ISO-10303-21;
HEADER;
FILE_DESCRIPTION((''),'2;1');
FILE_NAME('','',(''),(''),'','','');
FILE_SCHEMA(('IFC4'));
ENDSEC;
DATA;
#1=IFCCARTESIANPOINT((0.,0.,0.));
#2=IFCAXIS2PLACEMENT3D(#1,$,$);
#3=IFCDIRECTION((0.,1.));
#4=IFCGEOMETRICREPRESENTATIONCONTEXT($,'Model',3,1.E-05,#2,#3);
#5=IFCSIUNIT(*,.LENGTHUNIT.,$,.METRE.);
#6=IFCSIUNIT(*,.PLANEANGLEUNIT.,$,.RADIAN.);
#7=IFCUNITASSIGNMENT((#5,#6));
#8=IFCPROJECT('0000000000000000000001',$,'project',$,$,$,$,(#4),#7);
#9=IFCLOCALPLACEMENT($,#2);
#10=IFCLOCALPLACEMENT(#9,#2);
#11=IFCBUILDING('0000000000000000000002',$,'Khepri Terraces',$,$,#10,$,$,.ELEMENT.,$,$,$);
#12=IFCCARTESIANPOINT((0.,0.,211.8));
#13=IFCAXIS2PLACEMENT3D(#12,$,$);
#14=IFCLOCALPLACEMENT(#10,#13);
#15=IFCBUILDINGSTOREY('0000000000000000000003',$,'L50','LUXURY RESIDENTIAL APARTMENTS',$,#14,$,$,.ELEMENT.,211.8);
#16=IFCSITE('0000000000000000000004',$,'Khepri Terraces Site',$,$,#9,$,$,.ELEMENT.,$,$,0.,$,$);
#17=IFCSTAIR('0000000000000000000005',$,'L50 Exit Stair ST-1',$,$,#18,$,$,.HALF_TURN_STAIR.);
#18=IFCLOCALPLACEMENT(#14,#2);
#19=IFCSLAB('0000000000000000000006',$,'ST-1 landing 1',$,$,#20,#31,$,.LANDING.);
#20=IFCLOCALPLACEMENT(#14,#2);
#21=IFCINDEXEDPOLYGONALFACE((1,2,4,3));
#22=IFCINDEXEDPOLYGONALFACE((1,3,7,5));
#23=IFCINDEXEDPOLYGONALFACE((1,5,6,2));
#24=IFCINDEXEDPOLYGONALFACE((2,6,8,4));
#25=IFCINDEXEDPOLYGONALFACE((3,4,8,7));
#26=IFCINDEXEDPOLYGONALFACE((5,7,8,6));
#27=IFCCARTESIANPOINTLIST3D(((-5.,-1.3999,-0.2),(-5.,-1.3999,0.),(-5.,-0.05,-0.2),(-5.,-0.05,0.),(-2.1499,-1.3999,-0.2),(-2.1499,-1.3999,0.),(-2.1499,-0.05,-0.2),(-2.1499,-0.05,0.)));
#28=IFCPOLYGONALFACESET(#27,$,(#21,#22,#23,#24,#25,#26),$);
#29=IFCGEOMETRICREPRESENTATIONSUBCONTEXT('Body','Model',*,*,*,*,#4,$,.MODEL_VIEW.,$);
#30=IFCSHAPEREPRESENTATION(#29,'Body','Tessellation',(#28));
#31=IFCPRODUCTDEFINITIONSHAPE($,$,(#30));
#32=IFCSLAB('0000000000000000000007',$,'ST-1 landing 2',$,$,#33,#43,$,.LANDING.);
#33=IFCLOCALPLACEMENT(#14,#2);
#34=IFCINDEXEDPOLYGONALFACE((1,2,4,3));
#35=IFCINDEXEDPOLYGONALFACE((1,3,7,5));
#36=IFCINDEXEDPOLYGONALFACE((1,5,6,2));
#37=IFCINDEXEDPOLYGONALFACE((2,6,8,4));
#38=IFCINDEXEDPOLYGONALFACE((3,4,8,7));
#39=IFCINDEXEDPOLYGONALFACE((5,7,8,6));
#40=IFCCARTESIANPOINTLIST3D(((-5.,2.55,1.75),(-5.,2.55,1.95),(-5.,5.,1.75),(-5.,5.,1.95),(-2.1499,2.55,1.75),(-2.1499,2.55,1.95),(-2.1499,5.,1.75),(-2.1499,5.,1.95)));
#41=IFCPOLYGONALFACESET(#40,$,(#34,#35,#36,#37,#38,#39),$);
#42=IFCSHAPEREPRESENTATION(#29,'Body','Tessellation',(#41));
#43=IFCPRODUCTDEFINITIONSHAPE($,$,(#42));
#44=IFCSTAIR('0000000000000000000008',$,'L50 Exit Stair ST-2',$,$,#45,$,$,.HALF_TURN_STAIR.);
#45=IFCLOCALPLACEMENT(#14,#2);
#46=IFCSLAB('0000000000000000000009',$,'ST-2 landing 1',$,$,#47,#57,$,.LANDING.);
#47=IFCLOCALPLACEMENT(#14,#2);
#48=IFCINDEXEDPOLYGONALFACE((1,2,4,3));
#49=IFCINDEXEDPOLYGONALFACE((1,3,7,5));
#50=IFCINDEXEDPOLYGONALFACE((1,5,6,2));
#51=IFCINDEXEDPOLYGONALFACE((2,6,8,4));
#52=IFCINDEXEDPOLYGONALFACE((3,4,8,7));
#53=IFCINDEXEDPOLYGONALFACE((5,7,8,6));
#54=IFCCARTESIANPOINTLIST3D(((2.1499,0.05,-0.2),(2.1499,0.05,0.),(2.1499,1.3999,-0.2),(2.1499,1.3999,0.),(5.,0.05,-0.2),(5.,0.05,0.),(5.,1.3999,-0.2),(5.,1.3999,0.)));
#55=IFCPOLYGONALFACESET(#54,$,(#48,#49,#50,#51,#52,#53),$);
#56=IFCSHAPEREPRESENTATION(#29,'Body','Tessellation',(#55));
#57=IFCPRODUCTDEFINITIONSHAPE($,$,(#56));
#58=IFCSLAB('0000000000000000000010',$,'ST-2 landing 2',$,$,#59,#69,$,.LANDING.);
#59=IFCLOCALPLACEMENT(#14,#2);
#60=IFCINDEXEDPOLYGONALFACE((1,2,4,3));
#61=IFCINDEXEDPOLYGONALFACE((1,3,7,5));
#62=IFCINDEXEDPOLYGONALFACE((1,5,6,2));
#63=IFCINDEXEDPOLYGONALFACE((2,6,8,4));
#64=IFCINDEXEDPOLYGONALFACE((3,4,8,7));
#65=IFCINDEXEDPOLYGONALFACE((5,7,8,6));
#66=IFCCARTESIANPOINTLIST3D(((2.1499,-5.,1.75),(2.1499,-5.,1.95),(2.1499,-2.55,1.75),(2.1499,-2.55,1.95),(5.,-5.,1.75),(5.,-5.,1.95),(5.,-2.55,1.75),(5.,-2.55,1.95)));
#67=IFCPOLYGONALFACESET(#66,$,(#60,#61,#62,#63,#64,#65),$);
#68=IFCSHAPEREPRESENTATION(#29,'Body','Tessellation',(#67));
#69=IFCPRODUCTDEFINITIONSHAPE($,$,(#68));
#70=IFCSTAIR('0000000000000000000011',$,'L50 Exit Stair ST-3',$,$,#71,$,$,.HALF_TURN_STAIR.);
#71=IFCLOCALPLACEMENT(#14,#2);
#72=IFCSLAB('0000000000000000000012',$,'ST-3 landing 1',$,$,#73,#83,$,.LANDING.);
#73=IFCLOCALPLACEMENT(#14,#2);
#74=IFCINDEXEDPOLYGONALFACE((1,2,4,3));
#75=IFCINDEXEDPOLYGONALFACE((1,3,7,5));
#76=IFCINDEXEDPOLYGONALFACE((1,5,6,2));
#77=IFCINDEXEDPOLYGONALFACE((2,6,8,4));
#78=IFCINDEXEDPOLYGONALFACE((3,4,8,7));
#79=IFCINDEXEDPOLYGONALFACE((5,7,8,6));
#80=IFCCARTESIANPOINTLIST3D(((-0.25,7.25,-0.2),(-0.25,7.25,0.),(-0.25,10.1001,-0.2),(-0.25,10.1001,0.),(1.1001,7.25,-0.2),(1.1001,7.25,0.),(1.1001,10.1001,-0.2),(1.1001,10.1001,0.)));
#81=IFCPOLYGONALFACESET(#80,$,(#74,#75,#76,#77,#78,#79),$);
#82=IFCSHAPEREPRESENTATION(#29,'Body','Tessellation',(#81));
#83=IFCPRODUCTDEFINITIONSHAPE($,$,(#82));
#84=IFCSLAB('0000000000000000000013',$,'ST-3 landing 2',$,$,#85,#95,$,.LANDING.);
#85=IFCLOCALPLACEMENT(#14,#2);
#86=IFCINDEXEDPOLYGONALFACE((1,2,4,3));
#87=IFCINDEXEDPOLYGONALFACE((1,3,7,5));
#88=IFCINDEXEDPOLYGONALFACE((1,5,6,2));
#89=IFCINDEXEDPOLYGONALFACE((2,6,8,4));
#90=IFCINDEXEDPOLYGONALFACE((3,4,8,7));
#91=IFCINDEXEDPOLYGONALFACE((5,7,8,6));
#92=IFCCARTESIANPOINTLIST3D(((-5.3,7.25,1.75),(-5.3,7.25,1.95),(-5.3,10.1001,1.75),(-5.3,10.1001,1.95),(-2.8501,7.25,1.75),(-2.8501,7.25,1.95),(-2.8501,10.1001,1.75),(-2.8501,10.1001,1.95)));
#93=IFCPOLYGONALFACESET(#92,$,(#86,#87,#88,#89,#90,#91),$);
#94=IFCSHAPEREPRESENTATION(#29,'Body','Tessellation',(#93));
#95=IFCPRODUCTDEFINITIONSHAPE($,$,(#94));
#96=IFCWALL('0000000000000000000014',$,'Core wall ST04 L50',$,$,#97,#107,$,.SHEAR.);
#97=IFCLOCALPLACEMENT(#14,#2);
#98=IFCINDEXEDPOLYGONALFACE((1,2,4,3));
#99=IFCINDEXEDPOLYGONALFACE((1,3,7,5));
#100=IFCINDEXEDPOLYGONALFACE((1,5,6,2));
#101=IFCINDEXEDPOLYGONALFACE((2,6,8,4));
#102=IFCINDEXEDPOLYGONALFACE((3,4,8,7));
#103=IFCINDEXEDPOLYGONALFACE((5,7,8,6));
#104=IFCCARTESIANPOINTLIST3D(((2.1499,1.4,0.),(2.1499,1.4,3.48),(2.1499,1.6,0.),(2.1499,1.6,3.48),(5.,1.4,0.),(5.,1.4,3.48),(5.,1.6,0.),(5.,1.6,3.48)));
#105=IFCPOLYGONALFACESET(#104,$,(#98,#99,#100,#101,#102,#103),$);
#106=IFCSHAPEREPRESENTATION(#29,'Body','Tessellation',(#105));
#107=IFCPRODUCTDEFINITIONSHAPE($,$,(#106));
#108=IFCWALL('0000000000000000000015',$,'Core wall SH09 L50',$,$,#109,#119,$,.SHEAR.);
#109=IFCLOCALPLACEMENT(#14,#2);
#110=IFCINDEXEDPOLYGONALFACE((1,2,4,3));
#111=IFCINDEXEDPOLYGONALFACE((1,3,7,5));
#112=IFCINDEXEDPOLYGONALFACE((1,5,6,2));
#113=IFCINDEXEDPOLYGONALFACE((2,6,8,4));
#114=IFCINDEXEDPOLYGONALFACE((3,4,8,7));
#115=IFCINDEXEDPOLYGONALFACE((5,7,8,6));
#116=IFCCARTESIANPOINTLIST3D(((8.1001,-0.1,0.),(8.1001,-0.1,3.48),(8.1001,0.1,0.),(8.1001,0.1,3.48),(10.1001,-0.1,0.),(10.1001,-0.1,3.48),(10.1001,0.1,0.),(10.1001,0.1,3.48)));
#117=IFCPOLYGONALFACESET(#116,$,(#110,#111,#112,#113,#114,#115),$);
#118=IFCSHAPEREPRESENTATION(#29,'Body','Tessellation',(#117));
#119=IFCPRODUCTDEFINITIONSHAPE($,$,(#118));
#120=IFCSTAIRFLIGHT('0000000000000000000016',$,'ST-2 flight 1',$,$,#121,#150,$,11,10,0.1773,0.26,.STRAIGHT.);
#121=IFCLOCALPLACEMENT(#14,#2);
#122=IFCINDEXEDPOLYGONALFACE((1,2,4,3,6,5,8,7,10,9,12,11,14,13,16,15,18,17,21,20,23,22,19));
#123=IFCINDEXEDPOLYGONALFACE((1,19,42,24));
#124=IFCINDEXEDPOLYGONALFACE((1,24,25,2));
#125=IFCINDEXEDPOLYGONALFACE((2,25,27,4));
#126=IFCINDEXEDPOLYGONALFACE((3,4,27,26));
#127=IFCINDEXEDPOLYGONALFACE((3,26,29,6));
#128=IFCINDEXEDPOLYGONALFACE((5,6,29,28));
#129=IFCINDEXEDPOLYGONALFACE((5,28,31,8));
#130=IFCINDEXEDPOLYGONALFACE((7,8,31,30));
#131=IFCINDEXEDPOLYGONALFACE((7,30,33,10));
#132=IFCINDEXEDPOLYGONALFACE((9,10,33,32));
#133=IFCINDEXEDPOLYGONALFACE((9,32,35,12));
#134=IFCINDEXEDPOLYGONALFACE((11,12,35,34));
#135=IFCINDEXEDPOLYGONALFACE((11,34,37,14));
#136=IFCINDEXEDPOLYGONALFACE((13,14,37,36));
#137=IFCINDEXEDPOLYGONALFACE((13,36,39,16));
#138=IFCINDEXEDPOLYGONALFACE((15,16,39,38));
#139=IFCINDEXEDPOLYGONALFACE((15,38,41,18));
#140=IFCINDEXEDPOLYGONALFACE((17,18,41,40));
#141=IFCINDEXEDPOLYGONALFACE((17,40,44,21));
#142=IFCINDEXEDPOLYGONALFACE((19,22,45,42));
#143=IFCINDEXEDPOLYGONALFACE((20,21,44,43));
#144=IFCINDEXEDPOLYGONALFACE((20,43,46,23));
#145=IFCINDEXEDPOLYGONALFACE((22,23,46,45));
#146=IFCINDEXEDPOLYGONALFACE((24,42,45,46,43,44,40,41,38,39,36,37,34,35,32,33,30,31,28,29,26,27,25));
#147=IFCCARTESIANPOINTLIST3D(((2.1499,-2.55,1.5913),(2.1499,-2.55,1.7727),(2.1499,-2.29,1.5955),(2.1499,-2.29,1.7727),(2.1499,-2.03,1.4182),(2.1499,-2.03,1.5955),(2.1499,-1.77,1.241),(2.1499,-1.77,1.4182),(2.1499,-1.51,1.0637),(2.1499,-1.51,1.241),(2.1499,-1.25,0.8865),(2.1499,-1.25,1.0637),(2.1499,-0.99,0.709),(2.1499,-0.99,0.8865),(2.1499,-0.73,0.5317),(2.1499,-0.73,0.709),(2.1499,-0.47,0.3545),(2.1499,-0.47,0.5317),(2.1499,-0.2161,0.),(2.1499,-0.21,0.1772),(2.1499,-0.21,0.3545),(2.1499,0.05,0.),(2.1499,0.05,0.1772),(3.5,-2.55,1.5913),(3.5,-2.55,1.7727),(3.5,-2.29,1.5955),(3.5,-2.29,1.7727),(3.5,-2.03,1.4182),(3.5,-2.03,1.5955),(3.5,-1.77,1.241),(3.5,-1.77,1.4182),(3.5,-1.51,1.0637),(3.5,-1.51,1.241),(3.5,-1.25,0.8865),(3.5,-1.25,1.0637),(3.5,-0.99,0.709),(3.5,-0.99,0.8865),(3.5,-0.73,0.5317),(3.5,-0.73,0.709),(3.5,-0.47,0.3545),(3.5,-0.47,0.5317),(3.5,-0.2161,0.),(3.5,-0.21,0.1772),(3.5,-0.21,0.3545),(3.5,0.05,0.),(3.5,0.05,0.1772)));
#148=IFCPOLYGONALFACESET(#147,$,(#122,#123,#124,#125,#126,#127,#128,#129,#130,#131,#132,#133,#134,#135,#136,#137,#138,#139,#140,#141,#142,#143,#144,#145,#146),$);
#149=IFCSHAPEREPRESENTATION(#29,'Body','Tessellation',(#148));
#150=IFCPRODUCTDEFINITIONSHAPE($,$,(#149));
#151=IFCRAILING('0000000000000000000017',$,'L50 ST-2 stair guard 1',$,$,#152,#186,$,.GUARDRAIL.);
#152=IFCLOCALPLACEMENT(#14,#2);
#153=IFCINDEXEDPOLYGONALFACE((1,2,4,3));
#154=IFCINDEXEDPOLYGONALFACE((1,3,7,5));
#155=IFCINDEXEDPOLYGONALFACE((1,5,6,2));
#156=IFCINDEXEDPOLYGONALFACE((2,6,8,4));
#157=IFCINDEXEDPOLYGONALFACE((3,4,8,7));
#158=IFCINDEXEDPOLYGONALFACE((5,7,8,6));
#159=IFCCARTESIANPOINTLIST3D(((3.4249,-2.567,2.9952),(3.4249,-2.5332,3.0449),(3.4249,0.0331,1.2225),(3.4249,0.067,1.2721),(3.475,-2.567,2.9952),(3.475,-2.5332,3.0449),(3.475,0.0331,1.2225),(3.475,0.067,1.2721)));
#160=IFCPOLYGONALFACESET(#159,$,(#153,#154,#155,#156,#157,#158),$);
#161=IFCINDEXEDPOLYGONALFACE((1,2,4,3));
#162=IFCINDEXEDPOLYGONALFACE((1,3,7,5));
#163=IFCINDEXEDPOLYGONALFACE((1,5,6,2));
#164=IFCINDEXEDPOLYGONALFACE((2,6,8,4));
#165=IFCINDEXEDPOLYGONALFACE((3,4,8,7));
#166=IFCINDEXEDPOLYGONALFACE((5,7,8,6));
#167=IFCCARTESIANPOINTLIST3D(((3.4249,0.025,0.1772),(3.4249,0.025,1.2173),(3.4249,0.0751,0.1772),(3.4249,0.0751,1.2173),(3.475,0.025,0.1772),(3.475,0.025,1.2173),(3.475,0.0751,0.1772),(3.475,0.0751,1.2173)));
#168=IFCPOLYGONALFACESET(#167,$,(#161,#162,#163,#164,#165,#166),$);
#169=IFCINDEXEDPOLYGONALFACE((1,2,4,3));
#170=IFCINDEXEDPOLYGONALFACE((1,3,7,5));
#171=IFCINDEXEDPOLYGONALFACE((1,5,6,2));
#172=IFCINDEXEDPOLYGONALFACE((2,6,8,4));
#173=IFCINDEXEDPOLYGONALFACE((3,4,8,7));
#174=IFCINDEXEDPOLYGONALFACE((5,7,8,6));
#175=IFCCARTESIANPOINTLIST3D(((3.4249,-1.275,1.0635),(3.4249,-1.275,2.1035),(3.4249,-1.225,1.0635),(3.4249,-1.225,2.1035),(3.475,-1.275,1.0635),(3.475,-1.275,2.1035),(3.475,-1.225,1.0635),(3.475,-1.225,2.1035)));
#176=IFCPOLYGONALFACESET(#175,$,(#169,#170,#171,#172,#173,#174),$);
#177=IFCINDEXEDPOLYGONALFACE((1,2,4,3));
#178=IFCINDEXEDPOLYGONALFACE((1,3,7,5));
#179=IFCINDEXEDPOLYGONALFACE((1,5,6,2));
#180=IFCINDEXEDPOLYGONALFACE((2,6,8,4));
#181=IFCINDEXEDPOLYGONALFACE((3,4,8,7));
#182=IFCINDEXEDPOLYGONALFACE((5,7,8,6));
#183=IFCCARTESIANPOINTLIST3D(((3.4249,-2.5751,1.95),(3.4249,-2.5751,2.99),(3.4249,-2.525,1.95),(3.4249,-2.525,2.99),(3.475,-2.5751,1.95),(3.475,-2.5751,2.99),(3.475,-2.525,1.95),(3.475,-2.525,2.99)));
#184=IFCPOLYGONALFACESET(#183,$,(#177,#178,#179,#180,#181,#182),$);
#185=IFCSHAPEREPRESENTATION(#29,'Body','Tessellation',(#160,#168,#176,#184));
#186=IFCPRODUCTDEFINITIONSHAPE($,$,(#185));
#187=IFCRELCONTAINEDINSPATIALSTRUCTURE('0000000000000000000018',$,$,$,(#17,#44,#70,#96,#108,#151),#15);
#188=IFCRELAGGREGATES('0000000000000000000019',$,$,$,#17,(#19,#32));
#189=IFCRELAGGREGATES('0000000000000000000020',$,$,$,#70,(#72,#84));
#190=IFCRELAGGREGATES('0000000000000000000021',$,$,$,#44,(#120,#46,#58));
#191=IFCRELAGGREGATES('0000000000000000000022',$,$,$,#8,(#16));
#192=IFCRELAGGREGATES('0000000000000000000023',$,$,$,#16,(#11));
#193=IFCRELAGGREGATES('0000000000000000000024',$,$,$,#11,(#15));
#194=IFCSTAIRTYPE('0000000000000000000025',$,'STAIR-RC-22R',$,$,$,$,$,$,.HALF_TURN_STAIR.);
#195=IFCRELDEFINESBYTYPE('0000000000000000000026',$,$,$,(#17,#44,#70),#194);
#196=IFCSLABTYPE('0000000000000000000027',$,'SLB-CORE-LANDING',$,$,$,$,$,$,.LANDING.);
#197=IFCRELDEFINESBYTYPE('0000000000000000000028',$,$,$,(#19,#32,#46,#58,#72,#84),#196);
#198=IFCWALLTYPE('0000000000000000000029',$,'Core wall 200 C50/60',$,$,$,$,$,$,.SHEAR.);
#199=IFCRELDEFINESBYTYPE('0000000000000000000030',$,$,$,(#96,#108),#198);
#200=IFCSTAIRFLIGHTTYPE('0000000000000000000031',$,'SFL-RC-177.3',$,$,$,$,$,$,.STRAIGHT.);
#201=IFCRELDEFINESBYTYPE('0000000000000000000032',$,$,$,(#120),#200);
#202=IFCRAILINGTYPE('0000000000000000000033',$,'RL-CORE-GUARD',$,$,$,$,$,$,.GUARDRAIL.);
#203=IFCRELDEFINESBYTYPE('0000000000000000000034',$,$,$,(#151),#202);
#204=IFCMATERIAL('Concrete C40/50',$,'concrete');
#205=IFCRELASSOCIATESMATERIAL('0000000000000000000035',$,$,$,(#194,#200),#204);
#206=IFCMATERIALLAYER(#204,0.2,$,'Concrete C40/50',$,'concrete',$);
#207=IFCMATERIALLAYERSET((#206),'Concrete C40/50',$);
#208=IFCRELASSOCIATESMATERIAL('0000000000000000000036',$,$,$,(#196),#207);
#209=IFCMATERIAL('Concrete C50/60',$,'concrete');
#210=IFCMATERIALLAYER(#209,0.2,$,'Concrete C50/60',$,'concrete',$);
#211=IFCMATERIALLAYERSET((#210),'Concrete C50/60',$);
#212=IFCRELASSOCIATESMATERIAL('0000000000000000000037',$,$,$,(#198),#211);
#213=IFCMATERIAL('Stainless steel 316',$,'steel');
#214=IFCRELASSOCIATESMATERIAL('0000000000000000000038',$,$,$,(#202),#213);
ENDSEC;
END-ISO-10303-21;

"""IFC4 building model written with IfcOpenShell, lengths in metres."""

from ifc_helpers import new_model, si_unit, direction, frame, frame_2d, origin, origin_2d, place, context, subcontext, project, spatial, polyline, rectangle, outline, extrude, material, layer, layer_set, type_object, element, aggregate, save


model = new_model("IFC4")

# Units and contexts
model_context = context("Model", 3, precision=1e-05, world=origin(), true_north=direction((0.0, 1.0)))
body_context = subcontext(model_context, "Body", "Model", "MODEL_VIEW")
ifc_project = project(units=[si_unit("LENGTHUNIT", "METRE"), si_unit("PLANEANGLEUNIT", "RADIAN")], contexts=[model_context])

# Site, building, storey
site_placement = place(None, origin())
site = spatial("IfcSite", under=ifc_project, at=site_placement, Name="Khepri Terraces Site", CompositionType="ELEMENT", RefElevation=0.0)
building_placement = place(site_placement, origin())
building = spatial("IfcBuilding", under=site, at=building_placement, Name="Khepri Terraces", CompositionType="ELEMENT")
storey_placement = place(building_placement, frame((0.0, 0.0, 211.8)))
storey = spatial("IfcBuildingStorey", under=building, at=storey_placement, Name="L50", Description="LUXURY RESIDENTIAL APARTMENTS", CompositionType="ELEMENT", Elevation=211.8)

# Stairs, slabs
ifc_material_1 = material(Name="Concrete C40/50", Category="concrete")
stair_type = type_object("IfcStairType", Name="STAIR-RC-22R", PredefinedType="HALF_TURN_STAIR", material=ifc_material_1)
stair_1_placement = place(storey_placement, origin())
stair_1 = element("IfcStair", 1, at=stair_1_placement, inside=storey, type_object=stair_type, Name="L50 Exit Stair ST-1", PredefinedType="HALF_TURN_STAIR")
ifc_layer_1 = layer(ifc_material_1, 0.2, Name="Concrete C40/50", Category="concrete")
ifc_layer_set_1 = layer_set([ifc_layer_1], Name="Concrete C40/50")
slab_type = type_object("IfcSlabType", Name="SLB-CORE-LANDING", PredefinedType="LANDING", material=ifc_layer_set_1)
slab_1_placement = place(storey_placement, frame((0.0, 0.0, -0.2)))
slab_1 = element("IfcSlab", 2, at=slab_1_placement, type_object=slab_type, Name="ST-1 landing 1", PredefinedType="LANDING", context=body_context, shape_type="SweptSolid", body=[
    extrude(outline(polyline([(-2.1499, -1.3999), (-2.1499, -0.05), (-5.0, -0.05), (-5.0, -1.3999), (-2.1499, -1.3999)])), origin(), (0.0, 0.0, 1.0), 0.2),
])
slab_2_placement = place(storey_placement, frame((0.0, 0.0, 1.75)))
slab_2 = element("IfcSlab", 3, at=slab_2_placement, type_object=slab_type, Name="ST-1 landing 2", PredefinedType="LANDING", context=body_context, shape_type="SweptSolid", body=[
    extrude(outline(polyline([(-2.1499, 2.55), (-2.1499, 5.0), (-5.0, 5.0), (-5.0, 2.55), (-2.1499, 2.55)])), origin(), (0.0, 0.0, 1.0), 0.2),
])
aggregate(stair_1, [slab_1, slab_2])
stair_2_placement = place(storey_placement, origin())
stair_2 = element("IfcStair", 4, at=stair_2_placement, inside=storey, type_object=stair_type, Name="L50 Exit Stair ST-2", PredefinedType="HALF_TURN_STAIR")
slab_3_placement = place(storey_placement, frame((0.0, 0.0, -0.2)))
slab_3 = element("IfcSlab", 5, at=slab_3_placement, type_object=slab_type, Name="ST-2 landing 1", PredefinedType="LANDING", context=body_context, shape_type="SweptSolid", body=[
    extrude(outline(polyline([(2.1499, 1.3999), (2.1499, 0.05), (5.0, 0.05), (5.0, 1.3999), (2.1499, 1.3999)])), origin(), (0.0, 0.0, 1.0), 0.2),
])
slab_4_placement = place(storey_placement, frame((0.0, 0.0, 1.75)))
slab_4 = element("IfcSlab", 6, at=slab_4_placement, type_object=slab_type, Name="ST-2 landing 2", PredefinedType="LANDING", context=body_context, shape_type="SweptSolid", body=[
    extrude(outline(polyline([(2.1499, -2.55), (2.1499, -5.0), (5.0, -5.0), (5.0, -2.55), (2.1499, -2.55)])), origin(), (0.0, 0.0, 1.0), 0.2),
])
stair_3_placement = place(storey_placement, origin())
stair_3 = element("IfcStair", 7, at=stair_3_placement, inside=storey, type_object=stair_type, Name="L50 Exit Stair ST-3", PredefinedType="HALF_TURN_STAIR")
slab_5_placement = place(storey_placement, frame((0.0, 0.0, -0.2)))
slab_5 = element("IfcSlab", 8, at=slab_5_placement, type_object=slab_type, Name="ST-3 landing 1", PredefinedType="LANDING", context=body_context, shape_type="SweptSolid", body=[
    extrude(outline(polyline([(1.1001, 10.1001), (-0.25, 10.1001), (-0.25, 7.25), (1.1001, 7.25), (1.1001, 10.1001)])), origin(), (0.0, 0.0, 1.0), 0.2),
])
slab_6_placement = place(storey_placement, frame((0.0, 0.0, 1.75)))
slab_6 = element("IfcSlab", 9, at=slab_6_placement, type_object=slab_type, Name="ST-3 landing 2", PredefinedType="LANDING", context=body_context, shape_type="SweptSolid", body=[
    extrude(outline(polyline([(-2.8501, 10.1001), (-5.3, 10.1001), (-5.3, 7.25), (-2.8501, 7.25), (-2.8501, 10.1001)])), origin(), (0.0, 0.0, 1.0), 0.2),
])
aggregate(stair_3, [slab_5, slab_6])

# Walls
ifc_material_2 = material(Name="Concrete C50/60", Category="concrete")
ifc_layer_2 = layer(ifc_material_2, 0.2, Name="Concrete C50/60", Category="concrete")
ifc_layer_set_2 = layer_set([ifc_layer_2], Name="Concrete C50/60")
wall_type = type_object("IfcWallType", Name="Core wall 200 C50/60", PredefinedType="SHEAR", material=ifc_layer_set_2)
wall_1_placement = place(storey_placement, frame((2.1499, 1.5, 0.0), z_axis=(0.0, 0.0, 1.0), x_axis=(1.0, 0.0, 0.0)))
element("IfcWall", 10, at=wall_1_placement, inside=storey, type_object=wall_type, Name="Core wall ST04 L50", PredefinedType="SHEAR", context=body_context, shape_type="SweptSolid", body=[
    extrude(rectangle(XDim=2.8501, YDim=0.2, at=frame_2d((1.425, 0.0))), origin(), (0.0, 0.0, 1.0), 3.48),
])
wall_2_placement = place(storey_placement, frame((8.1001, 0.0, 0.0), z_axis=(0.0, 0.0, 1.0), x_axis=(1.0, 0.0, 0.0)))
element("IfcWall", 11, at=wall_2_placement, inside=storey, type_object=wall_type, Name="Core wall SH09 L50", PredefinedType="SHEAR", context=body_context, shape_type="SweptSolid", body=[
    extrude(rectangle(XDim=2.0, YDim=0.2, at=frame_2d((1.0, 0.0))), origin(), (0.0, 0.0, 1.0), 3.48),
])

# Stair flight
stair_flight_type = type_object("IfcStairFlightType", Name="SFL-RC-177.3", PredefinedType="STRAIGHT", material=ifc_material_1)
stair_flight_placement = place(storey_placement, frame((2.825, 0.05, 0.0), z_axis=(0.0, 0.0, 1.0), x_axis=(0.0, -1.0, 0.0)))
stair_flight = element("IfcStairFlight", 12, at=stair_flight_placement, type_object=stair_flight_type, Name="ST-2 flight 1", NumberOfRisers=11, NumberOfTreads=10, PredefinedType="STRAIGHT", RiserHeight=0.1773, TreadLength=0.26, context=body_context, shape_type="SweptSolid", body=[
    extrude(outline(polyline([(0.0, 0.0), (0.0, 0.1772), (0.26, 0.1772), (0.26, 0.3545), (0.52, 0.3545), (0.52, 0.5317), (0.78, 0.5317), (0.78, 0.709), (1.04, 0.709), (1.04, 0.8865), (1.3, 0.8865), (1.3, 1.0637), (1.5601, 1.0637), (1.5601, 1.241), (1.8201, 1.241), (1.8201, 1.4182), (2.0801, 1.4182), (2.0801, 1.5955), (2.3401, 1.5955), (2.3401, 1.7727), (2.6001, 1.7727), (2.6001, 1.95), (2.6001, 1.5913), (0.2661, 0.0), (0.0, 0.0)])), frame((0.0, 0.675, 0.0), z_axis=(0.0, -1.0, 0.0), x_axis=(1.0, 0.0, 0.0)), (0.0, 0.0, 1.0), 1.3501),
])
aggregate(stair_2, [stair_flight, slab_3, slab_4])

# Railing
ifc_material_3 = material(Name="Stainless steel 316", Category="steel")
railing_type_1 = type_object("IfcRailingType", Name="RL-CORE-GUARD", PredefinedType="GUARDRAIL", material=ifc_material_3)
railing_1_placement = place(storey_placement, frame((3.45, 0.05, 0.1772)))
element("IfcRailing", 13, at=railing_1_placement, inside=storey, type_object=railing_type_1, Name="L50 ST-2 stair guard 1", PredefinedType="GUARDRAIL", context=body_context, shape_type="SweptSolid", body=[
    extrude(rectangle(XDim=0.05, YDim=0.0601, at=origin_2d()), frame((0.0, 0.0, 1.0701), z_axis=(0.0, -0.82624, 0.563318), x_axis=(1.0, 0.0, 0.0)), (0.0, 0.0, 1.0), 3.147),
    extrude(rectangle(XDim=0.05, YDim=0.05, at=origin_2d()), origin(), (0.0, 0.0, 1.0), 1.04),
    extrude(rectangle(XDim=0.05, YDim=0.05, at=origin_2d()), frame((0.0, -1.3, 0.8862)), (0.0, 0.0, 1.0), 1.04),
    extrude(rectangle(XDim=0.05, YDim=0.05, at=origin_2d()), frame((0.0, -2.6001, 1.7727)), (0.0, 0.0, 1.0), 1.04),
])

save(model, "model.ifc")
